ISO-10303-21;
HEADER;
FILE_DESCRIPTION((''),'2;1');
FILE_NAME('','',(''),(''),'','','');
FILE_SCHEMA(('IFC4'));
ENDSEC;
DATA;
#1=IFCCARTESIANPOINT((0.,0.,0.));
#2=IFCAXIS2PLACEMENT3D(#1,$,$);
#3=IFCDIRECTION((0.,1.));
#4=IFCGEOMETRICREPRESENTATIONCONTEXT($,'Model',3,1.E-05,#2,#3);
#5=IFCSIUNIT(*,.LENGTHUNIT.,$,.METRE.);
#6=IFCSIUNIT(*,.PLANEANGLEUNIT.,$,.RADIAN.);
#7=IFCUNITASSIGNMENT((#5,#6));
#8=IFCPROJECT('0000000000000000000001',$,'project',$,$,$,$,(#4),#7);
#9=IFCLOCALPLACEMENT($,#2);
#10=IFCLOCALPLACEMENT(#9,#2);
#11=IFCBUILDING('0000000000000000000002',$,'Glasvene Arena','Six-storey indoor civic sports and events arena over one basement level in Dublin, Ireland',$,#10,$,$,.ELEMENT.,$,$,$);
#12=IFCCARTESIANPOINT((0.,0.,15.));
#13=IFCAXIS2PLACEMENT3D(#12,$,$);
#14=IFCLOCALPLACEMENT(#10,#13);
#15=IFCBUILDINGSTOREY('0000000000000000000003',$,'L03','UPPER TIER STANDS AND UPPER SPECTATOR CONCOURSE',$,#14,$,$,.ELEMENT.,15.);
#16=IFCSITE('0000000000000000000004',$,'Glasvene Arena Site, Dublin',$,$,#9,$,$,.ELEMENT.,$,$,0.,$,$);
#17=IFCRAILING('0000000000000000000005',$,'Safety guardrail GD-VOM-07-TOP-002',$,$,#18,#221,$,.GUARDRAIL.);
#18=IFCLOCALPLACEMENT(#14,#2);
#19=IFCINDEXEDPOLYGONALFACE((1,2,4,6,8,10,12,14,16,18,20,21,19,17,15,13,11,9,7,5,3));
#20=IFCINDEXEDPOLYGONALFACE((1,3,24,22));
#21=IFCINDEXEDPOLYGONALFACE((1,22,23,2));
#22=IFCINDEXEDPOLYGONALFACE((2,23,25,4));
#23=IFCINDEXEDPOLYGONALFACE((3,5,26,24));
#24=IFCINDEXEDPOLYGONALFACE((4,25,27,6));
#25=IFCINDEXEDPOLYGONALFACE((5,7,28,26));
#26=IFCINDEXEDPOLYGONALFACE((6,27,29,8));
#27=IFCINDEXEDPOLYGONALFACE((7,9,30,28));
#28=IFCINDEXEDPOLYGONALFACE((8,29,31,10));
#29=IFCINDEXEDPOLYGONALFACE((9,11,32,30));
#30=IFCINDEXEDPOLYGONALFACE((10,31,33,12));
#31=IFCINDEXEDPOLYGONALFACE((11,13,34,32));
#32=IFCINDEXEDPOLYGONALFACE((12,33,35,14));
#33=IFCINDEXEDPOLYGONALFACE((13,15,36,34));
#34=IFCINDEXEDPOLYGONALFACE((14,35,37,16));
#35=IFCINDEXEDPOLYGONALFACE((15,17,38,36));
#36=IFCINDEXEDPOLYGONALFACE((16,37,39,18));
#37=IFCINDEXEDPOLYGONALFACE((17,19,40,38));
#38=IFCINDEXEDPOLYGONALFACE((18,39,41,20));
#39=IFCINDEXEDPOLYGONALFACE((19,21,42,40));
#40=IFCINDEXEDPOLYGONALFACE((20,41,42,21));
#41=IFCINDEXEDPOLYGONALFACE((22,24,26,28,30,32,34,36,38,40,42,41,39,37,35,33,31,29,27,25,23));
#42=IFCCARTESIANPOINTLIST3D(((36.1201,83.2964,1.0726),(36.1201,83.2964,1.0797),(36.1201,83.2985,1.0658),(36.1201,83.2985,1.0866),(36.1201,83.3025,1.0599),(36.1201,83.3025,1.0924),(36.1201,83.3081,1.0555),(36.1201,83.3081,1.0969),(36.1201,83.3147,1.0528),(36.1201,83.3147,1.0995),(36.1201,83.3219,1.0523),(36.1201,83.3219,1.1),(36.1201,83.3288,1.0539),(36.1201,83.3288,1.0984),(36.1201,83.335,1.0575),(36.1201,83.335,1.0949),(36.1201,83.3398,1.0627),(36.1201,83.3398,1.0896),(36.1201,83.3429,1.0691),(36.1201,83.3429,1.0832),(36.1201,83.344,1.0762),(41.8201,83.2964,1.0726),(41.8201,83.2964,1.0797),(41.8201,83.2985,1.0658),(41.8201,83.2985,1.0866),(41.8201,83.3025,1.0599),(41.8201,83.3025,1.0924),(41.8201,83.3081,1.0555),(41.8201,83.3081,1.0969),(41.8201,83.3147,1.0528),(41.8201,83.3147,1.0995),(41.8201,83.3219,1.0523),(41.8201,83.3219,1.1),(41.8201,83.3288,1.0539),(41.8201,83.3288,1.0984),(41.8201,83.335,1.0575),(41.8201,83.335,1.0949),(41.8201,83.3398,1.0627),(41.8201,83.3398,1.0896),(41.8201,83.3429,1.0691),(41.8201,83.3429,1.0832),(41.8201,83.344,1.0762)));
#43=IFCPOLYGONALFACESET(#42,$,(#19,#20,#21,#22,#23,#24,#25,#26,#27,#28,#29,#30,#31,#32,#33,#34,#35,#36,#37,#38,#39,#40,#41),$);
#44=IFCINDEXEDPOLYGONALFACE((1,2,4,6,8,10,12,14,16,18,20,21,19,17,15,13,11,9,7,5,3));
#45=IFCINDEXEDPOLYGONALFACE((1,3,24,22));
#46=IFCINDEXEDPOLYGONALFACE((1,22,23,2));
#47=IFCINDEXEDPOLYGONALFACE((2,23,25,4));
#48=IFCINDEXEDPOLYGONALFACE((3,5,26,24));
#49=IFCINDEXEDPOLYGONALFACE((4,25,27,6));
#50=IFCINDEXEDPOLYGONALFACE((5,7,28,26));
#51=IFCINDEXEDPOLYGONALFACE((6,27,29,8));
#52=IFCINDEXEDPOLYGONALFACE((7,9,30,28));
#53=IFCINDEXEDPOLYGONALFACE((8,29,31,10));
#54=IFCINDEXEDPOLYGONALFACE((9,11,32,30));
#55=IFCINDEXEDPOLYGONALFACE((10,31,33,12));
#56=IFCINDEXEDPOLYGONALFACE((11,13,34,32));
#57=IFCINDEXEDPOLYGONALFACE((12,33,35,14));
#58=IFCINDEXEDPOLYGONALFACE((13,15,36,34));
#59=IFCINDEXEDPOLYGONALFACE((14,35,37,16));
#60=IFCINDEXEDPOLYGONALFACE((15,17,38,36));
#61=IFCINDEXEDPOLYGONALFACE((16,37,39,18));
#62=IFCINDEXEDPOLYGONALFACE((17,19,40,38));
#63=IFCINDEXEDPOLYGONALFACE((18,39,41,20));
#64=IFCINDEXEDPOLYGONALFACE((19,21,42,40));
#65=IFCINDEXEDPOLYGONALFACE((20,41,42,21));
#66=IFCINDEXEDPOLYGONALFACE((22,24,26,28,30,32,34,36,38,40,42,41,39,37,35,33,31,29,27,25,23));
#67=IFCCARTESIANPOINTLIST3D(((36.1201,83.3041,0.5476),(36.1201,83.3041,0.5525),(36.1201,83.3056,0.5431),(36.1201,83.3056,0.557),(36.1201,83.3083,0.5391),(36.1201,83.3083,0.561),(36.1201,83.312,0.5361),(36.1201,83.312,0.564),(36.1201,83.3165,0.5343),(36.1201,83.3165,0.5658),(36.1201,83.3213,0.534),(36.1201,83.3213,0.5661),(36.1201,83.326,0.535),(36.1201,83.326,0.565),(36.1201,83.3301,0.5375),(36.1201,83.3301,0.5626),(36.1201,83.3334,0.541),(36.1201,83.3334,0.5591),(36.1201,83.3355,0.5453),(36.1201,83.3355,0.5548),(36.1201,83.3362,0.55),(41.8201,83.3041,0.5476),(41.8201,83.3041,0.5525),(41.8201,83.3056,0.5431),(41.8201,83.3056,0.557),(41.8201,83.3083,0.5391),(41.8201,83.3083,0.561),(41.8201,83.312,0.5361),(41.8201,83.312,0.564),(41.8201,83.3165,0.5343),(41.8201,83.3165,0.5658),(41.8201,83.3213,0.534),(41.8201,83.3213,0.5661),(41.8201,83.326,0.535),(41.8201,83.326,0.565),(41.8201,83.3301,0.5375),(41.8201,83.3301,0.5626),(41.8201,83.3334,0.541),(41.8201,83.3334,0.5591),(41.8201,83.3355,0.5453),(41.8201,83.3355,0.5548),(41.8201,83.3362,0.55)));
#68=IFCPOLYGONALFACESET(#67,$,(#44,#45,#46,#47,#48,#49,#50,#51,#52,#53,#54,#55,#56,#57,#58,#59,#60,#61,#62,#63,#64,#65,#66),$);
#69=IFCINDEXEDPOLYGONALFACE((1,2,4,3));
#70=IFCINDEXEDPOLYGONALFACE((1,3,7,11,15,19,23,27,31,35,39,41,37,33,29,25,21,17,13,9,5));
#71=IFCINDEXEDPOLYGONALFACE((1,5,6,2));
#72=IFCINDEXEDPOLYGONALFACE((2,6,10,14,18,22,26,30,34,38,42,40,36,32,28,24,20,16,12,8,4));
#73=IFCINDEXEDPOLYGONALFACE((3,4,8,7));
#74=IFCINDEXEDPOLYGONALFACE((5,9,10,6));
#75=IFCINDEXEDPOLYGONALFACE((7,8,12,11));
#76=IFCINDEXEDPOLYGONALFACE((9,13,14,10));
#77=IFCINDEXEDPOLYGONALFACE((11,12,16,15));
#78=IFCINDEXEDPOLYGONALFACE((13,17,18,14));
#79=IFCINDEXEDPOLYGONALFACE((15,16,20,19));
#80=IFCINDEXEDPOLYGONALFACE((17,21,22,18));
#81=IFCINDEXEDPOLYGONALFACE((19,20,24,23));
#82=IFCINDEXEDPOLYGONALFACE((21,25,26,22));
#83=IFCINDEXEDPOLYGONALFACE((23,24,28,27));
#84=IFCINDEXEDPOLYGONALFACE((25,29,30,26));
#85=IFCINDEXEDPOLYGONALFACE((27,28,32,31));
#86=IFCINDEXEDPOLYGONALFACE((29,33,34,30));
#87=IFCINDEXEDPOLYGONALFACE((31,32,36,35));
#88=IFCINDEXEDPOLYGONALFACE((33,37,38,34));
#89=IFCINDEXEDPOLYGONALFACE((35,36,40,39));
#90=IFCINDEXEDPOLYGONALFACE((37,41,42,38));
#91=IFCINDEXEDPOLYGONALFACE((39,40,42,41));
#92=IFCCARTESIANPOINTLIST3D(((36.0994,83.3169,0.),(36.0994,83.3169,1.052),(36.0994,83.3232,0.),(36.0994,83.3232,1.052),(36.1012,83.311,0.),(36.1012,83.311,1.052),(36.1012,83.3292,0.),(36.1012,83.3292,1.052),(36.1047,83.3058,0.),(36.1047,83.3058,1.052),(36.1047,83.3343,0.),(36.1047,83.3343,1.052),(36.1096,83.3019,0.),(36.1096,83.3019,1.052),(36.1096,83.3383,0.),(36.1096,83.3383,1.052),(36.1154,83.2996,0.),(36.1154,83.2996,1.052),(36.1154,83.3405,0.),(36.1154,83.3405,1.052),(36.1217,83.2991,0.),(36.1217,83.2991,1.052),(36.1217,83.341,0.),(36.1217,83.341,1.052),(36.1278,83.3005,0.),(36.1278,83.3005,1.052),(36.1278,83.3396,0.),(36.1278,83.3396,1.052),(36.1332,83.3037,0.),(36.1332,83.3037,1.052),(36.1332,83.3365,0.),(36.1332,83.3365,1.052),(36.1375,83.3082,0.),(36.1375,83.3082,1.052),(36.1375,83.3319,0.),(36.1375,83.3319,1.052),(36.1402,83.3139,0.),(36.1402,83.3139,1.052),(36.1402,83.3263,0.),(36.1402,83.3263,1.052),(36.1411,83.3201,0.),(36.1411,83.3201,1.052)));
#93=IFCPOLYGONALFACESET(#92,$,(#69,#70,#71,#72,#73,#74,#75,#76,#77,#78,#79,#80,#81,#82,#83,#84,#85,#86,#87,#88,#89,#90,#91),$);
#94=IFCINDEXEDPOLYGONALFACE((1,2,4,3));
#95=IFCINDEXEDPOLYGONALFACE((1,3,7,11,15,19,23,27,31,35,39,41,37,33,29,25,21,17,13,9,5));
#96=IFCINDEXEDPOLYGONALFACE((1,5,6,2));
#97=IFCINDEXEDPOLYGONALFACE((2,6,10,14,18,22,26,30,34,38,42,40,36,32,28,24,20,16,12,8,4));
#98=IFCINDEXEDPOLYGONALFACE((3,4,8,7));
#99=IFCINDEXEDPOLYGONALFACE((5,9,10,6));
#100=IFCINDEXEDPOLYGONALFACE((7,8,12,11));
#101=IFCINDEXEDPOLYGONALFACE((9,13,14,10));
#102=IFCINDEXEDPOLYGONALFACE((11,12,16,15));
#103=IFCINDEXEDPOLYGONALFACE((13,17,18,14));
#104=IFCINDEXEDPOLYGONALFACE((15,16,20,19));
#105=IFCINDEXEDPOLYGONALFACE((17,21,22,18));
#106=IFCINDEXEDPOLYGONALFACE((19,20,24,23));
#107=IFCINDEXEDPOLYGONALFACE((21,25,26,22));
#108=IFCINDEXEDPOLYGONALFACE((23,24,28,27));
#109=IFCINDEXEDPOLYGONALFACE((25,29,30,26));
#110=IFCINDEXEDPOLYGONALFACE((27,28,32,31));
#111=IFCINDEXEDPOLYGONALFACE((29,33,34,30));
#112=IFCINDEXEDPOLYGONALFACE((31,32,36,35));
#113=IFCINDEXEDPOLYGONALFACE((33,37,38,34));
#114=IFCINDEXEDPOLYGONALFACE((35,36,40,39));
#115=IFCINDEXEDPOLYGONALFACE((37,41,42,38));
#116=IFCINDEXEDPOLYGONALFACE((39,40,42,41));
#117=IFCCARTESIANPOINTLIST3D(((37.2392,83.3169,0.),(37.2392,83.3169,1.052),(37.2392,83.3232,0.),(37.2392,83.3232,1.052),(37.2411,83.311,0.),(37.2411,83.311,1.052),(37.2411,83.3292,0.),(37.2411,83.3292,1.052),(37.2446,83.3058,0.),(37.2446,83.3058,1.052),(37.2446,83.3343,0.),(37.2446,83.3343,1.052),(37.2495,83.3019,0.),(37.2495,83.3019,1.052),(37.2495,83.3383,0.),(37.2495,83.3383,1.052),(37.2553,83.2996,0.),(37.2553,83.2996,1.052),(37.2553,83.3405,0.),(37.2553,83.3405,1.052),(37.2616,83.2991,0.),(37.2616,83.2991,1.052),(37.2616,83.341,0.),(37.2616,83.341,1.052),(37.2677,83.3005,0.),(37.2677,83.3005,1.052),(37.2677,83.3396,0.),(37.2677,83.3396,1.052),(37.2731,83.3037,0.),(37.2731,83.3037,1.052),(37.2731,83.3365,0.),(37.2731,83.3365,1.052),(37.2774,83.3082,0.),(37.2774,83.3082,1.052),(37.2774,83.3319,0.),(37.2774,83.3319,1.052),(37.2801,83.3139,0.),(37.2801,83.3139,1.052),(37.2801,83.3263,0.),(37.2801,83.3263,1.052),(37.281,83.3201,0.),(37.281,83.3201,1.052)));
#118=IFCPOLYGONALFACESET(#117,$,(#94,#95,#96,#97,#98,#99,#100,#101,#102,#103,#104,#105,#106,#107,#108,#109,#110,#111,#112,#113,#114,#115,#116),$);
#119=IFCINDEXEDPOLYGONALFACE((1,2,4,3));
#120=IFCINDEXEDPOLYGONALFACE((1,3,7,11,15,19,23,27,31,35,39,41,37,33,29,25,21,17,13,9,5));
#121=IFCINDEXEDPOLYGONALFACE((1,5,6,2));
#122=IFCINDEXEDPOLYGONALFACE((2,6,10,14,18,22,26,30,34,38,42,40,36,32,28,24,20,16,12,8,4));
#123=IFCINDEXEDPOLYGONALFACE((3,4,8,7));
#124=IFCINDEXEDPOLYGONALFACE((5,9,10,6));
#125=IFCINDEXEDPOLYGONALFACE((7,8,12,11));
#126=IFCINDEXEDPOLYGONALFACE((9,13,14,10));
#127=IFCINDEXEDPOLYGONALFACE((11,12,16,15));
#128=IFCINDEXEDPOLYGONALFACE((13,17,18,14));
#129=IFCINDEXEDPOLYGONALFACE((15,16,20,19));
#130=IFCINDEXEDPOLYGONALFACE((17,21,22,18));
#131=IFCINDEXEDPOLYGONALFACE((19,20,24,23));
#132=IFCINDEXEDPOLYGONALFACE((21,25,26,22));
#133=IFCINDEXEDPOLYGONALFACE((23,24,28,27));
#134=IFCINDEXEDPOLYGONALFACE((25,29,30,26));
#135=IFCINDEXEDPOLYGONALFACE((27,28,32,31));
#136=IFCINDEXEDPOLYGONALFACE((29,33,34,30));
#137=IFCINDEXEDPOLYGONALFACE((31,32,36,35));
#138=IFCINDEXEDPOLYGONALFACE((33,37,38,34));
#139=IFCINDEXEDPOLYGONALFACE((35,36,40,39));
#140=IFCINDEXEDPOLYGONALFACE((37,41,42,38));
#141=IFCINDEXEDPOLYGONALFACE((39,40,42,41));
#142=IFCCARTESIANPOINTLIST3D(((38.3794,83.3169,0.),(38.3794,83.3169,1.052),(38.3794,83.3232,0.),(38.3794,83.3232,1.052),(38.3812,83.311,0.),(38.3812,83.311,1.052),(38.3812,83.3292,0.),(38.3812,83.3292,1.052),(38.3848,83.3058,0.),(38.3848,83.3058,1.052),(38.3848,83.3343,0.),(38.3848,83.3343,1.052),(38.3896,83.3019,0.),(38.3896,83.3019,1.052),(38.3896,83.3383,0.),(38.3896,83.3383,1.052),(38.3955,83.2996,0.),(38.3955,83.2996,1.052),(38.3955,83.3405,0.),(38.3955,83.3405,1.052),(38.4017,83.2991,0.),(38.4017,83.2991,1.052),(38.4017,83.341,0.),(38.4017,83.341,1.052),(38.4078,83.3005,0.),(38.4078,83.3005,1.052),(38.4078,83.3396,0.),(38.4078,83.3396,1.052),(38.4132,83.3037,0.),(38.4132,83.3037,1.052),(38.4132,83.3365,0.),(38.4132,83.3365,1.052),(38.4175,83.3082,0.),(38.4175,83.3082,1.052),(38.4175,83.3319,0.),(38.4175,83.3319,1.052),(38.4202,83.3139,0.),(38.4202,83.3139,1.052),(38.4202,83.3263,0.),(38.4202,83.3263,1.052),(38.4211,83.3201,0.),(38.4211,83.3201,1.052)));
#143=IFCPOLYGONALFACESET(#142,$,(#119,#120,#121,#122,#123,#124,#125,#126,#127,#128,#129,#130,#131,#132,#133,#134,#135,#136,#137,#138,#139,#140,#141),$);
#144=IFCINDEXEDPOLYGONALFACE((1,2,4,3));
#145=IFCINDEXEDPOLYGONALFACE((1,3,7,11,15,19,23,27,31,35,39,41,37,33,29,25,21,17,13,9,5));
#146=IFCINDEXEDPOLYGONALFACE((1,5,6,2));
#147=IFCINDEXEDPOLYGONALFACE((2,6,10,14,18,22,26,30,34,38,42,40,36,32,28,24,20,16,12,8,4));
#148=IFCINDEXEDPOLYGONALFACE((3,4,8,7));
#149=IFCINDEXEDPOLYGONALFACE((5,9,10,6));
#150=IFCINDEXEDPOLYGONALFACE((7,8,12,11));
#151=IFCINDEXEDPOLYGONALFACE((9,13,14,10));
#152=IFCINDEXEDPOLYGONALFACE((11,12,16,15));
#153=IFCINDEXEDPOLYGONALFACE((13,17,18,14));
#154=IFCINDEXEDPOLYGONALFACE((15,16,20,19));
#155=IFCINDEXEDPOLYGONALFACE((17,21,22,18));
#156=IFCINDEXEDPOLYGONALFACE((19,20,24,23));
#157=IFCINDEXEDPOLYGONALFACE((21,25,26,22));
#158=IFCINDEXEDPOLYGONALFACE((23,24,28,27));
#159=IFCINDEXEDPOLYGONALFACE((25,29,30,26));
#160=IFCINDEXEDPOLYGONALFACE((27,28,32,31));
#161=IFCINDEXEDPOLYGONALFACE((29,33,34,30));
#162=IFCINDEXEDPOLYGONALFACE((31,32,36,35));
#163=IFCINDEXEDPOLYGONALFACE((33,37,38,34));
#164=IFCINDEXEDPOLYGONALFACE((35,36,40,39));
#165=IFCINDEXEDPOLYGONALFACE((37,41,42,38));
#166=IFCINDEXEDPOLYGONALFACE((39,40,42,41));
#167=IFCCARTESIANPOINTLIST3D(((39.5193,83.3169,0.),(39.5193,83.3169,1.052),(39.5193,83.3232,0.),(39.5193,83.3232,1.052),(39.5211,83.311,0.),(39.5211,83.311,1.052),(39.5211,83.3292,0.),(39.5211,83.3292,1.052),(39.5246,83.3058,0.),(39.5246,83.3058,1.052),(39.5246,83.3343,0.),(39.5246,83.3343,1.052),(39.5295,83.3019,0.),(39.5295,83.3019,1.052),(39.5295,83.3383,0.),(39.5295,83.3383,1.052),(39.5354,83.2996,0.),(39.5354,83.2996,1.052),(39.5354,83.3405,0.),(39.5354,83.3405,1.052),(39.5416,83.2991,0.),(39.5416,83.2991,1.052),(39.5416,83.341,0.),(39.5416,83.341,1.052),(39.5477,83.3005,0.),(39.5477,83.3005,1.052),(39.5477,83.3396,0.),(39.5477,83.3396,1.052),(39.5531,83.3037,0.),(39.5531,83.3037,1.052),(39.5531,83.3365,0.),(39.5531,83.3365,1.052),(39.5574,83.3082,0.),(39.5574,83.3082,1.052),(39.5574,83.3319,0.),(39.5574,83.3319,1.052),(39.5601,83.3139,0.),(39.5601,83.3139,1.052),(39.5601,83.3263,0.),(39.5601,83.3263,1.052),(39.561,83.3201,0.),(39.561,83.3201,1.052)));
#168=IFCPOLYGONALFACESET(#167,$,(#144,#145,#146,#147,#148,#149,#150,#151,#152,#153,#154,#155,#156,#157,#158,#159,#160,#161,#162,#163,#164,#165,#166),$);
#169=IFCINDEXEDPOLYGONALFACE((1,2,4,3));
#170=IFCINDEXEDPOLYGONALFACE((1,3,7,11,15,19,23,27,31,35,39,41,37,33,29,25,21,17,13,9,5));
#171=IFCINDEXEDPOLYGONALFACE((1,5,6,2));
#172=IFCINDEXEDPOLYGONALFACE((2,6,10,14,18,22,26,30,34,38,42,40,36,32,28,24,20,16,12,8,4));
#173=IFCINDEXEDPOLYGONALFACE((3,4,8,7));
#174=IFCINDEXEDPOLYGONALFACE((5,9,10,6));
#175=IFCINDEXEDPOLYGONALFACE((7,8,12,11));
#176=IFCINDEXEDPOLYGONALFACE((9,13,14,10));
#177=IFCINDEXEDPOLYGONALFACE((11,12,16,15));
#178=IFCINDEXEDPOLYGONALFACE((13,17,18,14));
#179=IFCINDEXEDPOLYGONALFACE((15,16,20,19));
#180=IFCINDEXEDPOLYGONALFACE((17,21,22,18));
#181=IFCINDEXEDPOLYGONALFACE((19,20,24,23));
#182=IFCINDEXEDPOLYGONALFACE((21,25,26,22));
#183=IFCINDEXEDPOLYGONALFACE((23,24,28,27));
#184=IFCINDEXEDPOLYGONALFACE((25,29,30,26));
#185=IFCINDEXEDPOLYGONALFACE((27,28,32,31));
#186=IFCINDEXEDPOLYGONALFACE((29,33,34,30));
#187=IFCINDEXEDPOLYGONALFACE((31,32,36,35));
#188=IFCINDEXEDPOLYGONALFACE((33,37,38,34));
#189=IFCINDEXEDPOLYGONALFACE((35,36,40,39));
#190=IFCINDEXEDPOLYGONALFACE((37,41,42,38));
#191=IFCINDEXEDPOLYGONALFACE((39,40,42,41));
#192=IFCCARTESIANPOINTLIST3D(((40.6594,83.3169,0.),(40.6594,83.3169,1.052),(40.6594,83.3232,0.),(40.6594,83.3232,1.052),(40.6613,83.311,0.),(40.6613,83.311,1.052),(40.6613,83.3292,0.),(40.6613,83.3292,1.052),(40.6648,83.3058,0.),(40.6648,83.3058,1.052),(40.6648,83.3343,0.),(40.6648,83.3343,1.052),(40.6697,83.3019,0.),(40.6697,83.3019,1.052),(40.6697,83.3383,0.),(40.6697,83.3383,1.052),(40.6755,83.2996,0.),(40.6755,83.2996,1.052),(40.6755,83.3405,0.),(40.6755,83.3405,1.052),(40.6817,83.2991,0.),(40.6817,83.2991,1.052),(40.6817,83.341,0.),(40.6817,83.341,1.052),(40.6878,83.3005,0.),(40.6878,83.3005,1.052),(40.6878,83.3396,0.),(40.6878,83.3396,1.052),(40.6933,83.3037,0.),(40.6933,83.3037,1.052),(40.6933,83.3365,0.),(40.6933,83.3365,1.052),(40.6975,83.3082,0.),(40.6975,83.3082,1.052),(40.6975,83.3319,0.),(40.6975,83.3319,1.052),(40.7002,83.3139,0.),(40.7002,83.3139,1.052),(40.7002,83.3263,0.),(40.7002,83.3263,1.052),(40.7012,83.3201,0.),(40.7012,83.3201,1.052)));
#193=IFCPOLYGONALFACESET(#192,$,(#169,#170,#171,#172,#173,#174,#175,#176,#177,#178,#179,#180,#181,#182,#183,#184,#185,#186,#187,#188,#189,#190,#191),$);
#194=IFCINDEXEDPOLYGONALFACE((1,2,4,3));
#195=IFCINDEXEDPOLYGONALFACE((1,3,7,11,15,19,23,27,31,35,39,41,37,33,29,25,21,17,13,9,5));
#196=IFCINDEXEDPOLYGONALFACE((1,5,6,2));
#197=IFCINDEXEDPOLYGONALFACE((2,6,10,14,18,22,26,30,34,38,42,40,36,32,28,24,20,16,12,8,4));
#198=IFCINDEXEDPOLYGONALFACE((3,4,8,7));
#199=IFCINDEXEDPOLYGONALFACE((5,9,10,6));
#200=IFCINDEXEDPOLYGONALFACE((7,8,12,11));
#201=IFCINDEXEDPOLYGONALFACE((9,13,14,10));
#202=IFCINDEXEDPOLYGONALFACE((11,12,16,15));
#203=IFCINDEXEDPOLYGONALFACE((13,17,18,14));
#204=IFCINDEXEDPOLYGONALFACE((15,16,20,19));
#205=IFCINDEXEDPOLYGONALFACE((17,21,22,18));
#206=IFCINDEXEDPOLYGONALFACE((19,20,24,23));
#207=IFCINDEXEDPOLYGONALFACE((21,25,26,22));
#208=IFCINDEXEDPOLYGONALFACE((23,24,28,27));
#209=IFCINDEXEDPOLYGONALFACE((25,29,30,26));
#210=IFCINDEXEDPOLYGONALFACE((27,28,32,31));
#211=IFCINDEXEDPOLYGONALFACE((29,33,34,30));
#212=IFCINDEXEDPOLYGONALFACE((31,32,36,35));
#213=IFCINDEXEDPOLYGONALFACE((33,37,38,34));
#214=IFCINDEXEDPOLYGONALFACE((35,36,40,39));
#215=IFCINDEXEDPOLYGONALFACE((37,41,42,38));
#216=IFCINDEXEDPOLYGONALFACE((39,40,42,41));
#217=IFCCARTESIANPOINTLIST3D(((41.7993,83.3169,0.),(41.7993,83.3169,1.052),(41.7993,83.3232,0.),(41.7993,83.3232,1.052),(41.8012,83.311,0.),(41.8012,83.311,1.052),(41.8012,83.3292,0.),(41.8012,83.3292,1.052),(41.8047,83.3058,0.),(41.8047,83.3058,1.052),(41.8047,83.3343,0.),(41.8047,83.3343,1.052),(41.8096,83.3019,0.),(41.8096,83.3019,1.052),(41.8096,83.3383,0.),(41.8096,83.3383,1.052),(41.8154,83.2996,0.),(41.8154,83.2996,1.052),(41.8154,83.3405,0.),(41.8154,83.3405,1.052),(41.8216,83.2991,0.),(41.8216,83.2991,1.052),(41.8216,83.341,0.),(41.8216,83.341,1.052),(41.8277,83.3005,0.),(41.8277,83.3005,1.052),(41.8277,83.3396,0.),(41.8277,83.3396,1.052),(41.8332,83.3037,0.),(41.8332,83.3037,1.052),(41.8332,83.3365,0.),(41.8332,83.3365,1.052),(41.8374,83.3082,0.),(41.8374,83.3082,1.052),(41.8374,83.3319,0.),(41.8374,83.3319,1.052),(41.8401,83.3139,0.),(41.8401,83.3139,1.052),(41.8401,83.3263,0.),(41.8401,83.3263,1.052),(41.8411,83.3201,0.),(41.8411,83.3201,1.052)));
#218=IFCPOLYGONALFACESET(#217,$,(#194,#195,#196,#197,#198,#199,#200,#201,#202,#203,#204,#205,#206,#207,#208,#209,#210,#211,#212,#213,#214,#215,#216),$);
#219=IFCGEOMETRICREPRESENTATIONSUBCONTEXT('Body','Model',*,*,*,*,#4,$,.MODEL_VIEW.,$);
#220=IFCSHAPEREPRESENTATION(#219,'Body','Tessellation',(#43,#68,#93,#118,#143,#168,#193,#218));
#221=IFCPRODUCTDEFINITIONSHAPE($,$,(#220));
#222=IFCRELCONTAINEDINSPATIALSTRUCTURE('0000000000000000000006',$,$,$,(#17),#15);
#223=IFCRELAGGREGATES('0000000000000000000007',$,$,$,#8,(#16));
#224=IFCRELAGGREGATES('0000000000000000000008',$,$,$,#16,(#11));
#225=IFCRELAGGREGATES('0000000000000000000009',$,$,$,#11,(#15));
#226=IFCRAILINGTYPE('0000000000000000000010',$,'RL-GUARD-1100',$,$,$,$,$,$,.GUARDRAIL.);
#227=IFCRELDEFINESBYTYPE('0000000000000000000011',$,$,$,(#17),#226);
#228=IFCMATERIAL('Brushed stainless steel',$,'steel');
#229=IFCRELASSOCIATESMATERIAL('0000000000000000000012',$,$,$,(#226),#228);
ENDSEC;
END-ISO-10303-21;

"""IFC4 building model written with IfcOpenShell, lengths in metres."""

from ifc_helpers import new_model, si_unit, direction, frame, origin, origin_2d, place, context, subcontext, project, spatial, circle, extrude, material, type_object, element, save


model = new_model("IFC4")

# Units and contexts
model_context = context("Model", 3, precision=1e-05, world=origin(), true_north=direction((0.0, 1.0)))
body_context = subcontext(model_context, "Body", "Model", "MODEL_VIEW")
ifc_project = project(units=[si_unit("LENGTHUNIT", "METRE"), si_unit("PLANEANGLEUNIT", "RADIAN")], contexts=[model_context])

# Site, building, storey
site_placement = place(None, origin())
site = spatial("IfcSite", under=ifc_project, at=site_placement, Name="Glasvene Arena Site, Dublin", CompositionType="ELEMENT", RefElevation=0.0)
building_placement = place(site_placement, origin())
building = spatial("IfcBuilding", under=site, at=building_placement, Name="Glasvene Arena", Description="Six-storey indoor civic sports and events arena over one basement level in Dublin, Ireland", CompositionType="ELEMENT")
storey_placement = place(building_placement, frame((0.0, 0.0, 15.0)))
storey = spatial("IfcBuildingStorey", under=building, at=storey_placement, Name="L03", Description="UPPER TIER STANDS AND UPPER SPECTATOR CONCOURSE", CompositionType="ELEMENT", Elevation=15.0)

# Railing
ifc_material_1 = material(Name="Brushed stainless steel", Category="steel")
railing_type_1 = type_object("IfcRailingType", Name="RL-GUARD-1100", PredefinedType="GUARDRAIL", material=ifc_material_1)
railing_1_placement = place(storey_placement, frame((36.1201, 83.3201, 0.0)))
element("IfcRailing", 1, at=railing_1_placement, inside=storey, type_object=railing_type_1, Name="Safety guardrail GD-VOM-07-TOP-002", PredefinedType="GUARDRAIL", context=body_context, shape_type="SweptSolid", body=[
    extrude(circle(Radius=0.0239, at=origin_2d()), frame((0.0, 0.0, 1.0762), z_axis=(1.0, 0.0, 0.0), x_axis=(0.0, 1.0, 0.0)), (0.0, 0.0, 1.0), 5.7),
    extrude(circle(Radius=0.0161, at=origin_2d()), frame((0.0, 0.0, 0.55), z_axis=(1.0, 0.0, 0.0), x_axis=(0.0, 1.0, 0.0)), (0.0, 0.0, 1.0), 5.7),
    extrude(circle(Radius=0.021, at=origin_2d()), origin(), (0.0, 0.0, 1.0), 1.052),
    extrude(circle(Radius=0.021, at=origin_2d()), frame((1.1399, 0.0, 0.0)), (0.0, 0.0, 1.0), 1.052),
    extrude(circle(Radius=0.021, at=origin_2d()), frame((2.28, 0.0, 0.0)), (0.0, 0.0, 1.0), 1.052),
    extrude(circle(Radius=0.021, at=origin_2d()), frame((3.4199, 0.0, 0.0)), (0.0, 0.0, 1.0), 1.052),
    extrude(circle(Radius=0.021, at=origin_2d()), frame((4.5601, 0.0, 0.0)), (0.0, 0.0, 1.0), 1.052),
    extrude(circle(Radius=0.021, at=origin_2d()), frame((5.7, 0.0, 0.0)), (0.0, 0.0, 1.0), 1.052),
])

save(model, "model.ifc")
